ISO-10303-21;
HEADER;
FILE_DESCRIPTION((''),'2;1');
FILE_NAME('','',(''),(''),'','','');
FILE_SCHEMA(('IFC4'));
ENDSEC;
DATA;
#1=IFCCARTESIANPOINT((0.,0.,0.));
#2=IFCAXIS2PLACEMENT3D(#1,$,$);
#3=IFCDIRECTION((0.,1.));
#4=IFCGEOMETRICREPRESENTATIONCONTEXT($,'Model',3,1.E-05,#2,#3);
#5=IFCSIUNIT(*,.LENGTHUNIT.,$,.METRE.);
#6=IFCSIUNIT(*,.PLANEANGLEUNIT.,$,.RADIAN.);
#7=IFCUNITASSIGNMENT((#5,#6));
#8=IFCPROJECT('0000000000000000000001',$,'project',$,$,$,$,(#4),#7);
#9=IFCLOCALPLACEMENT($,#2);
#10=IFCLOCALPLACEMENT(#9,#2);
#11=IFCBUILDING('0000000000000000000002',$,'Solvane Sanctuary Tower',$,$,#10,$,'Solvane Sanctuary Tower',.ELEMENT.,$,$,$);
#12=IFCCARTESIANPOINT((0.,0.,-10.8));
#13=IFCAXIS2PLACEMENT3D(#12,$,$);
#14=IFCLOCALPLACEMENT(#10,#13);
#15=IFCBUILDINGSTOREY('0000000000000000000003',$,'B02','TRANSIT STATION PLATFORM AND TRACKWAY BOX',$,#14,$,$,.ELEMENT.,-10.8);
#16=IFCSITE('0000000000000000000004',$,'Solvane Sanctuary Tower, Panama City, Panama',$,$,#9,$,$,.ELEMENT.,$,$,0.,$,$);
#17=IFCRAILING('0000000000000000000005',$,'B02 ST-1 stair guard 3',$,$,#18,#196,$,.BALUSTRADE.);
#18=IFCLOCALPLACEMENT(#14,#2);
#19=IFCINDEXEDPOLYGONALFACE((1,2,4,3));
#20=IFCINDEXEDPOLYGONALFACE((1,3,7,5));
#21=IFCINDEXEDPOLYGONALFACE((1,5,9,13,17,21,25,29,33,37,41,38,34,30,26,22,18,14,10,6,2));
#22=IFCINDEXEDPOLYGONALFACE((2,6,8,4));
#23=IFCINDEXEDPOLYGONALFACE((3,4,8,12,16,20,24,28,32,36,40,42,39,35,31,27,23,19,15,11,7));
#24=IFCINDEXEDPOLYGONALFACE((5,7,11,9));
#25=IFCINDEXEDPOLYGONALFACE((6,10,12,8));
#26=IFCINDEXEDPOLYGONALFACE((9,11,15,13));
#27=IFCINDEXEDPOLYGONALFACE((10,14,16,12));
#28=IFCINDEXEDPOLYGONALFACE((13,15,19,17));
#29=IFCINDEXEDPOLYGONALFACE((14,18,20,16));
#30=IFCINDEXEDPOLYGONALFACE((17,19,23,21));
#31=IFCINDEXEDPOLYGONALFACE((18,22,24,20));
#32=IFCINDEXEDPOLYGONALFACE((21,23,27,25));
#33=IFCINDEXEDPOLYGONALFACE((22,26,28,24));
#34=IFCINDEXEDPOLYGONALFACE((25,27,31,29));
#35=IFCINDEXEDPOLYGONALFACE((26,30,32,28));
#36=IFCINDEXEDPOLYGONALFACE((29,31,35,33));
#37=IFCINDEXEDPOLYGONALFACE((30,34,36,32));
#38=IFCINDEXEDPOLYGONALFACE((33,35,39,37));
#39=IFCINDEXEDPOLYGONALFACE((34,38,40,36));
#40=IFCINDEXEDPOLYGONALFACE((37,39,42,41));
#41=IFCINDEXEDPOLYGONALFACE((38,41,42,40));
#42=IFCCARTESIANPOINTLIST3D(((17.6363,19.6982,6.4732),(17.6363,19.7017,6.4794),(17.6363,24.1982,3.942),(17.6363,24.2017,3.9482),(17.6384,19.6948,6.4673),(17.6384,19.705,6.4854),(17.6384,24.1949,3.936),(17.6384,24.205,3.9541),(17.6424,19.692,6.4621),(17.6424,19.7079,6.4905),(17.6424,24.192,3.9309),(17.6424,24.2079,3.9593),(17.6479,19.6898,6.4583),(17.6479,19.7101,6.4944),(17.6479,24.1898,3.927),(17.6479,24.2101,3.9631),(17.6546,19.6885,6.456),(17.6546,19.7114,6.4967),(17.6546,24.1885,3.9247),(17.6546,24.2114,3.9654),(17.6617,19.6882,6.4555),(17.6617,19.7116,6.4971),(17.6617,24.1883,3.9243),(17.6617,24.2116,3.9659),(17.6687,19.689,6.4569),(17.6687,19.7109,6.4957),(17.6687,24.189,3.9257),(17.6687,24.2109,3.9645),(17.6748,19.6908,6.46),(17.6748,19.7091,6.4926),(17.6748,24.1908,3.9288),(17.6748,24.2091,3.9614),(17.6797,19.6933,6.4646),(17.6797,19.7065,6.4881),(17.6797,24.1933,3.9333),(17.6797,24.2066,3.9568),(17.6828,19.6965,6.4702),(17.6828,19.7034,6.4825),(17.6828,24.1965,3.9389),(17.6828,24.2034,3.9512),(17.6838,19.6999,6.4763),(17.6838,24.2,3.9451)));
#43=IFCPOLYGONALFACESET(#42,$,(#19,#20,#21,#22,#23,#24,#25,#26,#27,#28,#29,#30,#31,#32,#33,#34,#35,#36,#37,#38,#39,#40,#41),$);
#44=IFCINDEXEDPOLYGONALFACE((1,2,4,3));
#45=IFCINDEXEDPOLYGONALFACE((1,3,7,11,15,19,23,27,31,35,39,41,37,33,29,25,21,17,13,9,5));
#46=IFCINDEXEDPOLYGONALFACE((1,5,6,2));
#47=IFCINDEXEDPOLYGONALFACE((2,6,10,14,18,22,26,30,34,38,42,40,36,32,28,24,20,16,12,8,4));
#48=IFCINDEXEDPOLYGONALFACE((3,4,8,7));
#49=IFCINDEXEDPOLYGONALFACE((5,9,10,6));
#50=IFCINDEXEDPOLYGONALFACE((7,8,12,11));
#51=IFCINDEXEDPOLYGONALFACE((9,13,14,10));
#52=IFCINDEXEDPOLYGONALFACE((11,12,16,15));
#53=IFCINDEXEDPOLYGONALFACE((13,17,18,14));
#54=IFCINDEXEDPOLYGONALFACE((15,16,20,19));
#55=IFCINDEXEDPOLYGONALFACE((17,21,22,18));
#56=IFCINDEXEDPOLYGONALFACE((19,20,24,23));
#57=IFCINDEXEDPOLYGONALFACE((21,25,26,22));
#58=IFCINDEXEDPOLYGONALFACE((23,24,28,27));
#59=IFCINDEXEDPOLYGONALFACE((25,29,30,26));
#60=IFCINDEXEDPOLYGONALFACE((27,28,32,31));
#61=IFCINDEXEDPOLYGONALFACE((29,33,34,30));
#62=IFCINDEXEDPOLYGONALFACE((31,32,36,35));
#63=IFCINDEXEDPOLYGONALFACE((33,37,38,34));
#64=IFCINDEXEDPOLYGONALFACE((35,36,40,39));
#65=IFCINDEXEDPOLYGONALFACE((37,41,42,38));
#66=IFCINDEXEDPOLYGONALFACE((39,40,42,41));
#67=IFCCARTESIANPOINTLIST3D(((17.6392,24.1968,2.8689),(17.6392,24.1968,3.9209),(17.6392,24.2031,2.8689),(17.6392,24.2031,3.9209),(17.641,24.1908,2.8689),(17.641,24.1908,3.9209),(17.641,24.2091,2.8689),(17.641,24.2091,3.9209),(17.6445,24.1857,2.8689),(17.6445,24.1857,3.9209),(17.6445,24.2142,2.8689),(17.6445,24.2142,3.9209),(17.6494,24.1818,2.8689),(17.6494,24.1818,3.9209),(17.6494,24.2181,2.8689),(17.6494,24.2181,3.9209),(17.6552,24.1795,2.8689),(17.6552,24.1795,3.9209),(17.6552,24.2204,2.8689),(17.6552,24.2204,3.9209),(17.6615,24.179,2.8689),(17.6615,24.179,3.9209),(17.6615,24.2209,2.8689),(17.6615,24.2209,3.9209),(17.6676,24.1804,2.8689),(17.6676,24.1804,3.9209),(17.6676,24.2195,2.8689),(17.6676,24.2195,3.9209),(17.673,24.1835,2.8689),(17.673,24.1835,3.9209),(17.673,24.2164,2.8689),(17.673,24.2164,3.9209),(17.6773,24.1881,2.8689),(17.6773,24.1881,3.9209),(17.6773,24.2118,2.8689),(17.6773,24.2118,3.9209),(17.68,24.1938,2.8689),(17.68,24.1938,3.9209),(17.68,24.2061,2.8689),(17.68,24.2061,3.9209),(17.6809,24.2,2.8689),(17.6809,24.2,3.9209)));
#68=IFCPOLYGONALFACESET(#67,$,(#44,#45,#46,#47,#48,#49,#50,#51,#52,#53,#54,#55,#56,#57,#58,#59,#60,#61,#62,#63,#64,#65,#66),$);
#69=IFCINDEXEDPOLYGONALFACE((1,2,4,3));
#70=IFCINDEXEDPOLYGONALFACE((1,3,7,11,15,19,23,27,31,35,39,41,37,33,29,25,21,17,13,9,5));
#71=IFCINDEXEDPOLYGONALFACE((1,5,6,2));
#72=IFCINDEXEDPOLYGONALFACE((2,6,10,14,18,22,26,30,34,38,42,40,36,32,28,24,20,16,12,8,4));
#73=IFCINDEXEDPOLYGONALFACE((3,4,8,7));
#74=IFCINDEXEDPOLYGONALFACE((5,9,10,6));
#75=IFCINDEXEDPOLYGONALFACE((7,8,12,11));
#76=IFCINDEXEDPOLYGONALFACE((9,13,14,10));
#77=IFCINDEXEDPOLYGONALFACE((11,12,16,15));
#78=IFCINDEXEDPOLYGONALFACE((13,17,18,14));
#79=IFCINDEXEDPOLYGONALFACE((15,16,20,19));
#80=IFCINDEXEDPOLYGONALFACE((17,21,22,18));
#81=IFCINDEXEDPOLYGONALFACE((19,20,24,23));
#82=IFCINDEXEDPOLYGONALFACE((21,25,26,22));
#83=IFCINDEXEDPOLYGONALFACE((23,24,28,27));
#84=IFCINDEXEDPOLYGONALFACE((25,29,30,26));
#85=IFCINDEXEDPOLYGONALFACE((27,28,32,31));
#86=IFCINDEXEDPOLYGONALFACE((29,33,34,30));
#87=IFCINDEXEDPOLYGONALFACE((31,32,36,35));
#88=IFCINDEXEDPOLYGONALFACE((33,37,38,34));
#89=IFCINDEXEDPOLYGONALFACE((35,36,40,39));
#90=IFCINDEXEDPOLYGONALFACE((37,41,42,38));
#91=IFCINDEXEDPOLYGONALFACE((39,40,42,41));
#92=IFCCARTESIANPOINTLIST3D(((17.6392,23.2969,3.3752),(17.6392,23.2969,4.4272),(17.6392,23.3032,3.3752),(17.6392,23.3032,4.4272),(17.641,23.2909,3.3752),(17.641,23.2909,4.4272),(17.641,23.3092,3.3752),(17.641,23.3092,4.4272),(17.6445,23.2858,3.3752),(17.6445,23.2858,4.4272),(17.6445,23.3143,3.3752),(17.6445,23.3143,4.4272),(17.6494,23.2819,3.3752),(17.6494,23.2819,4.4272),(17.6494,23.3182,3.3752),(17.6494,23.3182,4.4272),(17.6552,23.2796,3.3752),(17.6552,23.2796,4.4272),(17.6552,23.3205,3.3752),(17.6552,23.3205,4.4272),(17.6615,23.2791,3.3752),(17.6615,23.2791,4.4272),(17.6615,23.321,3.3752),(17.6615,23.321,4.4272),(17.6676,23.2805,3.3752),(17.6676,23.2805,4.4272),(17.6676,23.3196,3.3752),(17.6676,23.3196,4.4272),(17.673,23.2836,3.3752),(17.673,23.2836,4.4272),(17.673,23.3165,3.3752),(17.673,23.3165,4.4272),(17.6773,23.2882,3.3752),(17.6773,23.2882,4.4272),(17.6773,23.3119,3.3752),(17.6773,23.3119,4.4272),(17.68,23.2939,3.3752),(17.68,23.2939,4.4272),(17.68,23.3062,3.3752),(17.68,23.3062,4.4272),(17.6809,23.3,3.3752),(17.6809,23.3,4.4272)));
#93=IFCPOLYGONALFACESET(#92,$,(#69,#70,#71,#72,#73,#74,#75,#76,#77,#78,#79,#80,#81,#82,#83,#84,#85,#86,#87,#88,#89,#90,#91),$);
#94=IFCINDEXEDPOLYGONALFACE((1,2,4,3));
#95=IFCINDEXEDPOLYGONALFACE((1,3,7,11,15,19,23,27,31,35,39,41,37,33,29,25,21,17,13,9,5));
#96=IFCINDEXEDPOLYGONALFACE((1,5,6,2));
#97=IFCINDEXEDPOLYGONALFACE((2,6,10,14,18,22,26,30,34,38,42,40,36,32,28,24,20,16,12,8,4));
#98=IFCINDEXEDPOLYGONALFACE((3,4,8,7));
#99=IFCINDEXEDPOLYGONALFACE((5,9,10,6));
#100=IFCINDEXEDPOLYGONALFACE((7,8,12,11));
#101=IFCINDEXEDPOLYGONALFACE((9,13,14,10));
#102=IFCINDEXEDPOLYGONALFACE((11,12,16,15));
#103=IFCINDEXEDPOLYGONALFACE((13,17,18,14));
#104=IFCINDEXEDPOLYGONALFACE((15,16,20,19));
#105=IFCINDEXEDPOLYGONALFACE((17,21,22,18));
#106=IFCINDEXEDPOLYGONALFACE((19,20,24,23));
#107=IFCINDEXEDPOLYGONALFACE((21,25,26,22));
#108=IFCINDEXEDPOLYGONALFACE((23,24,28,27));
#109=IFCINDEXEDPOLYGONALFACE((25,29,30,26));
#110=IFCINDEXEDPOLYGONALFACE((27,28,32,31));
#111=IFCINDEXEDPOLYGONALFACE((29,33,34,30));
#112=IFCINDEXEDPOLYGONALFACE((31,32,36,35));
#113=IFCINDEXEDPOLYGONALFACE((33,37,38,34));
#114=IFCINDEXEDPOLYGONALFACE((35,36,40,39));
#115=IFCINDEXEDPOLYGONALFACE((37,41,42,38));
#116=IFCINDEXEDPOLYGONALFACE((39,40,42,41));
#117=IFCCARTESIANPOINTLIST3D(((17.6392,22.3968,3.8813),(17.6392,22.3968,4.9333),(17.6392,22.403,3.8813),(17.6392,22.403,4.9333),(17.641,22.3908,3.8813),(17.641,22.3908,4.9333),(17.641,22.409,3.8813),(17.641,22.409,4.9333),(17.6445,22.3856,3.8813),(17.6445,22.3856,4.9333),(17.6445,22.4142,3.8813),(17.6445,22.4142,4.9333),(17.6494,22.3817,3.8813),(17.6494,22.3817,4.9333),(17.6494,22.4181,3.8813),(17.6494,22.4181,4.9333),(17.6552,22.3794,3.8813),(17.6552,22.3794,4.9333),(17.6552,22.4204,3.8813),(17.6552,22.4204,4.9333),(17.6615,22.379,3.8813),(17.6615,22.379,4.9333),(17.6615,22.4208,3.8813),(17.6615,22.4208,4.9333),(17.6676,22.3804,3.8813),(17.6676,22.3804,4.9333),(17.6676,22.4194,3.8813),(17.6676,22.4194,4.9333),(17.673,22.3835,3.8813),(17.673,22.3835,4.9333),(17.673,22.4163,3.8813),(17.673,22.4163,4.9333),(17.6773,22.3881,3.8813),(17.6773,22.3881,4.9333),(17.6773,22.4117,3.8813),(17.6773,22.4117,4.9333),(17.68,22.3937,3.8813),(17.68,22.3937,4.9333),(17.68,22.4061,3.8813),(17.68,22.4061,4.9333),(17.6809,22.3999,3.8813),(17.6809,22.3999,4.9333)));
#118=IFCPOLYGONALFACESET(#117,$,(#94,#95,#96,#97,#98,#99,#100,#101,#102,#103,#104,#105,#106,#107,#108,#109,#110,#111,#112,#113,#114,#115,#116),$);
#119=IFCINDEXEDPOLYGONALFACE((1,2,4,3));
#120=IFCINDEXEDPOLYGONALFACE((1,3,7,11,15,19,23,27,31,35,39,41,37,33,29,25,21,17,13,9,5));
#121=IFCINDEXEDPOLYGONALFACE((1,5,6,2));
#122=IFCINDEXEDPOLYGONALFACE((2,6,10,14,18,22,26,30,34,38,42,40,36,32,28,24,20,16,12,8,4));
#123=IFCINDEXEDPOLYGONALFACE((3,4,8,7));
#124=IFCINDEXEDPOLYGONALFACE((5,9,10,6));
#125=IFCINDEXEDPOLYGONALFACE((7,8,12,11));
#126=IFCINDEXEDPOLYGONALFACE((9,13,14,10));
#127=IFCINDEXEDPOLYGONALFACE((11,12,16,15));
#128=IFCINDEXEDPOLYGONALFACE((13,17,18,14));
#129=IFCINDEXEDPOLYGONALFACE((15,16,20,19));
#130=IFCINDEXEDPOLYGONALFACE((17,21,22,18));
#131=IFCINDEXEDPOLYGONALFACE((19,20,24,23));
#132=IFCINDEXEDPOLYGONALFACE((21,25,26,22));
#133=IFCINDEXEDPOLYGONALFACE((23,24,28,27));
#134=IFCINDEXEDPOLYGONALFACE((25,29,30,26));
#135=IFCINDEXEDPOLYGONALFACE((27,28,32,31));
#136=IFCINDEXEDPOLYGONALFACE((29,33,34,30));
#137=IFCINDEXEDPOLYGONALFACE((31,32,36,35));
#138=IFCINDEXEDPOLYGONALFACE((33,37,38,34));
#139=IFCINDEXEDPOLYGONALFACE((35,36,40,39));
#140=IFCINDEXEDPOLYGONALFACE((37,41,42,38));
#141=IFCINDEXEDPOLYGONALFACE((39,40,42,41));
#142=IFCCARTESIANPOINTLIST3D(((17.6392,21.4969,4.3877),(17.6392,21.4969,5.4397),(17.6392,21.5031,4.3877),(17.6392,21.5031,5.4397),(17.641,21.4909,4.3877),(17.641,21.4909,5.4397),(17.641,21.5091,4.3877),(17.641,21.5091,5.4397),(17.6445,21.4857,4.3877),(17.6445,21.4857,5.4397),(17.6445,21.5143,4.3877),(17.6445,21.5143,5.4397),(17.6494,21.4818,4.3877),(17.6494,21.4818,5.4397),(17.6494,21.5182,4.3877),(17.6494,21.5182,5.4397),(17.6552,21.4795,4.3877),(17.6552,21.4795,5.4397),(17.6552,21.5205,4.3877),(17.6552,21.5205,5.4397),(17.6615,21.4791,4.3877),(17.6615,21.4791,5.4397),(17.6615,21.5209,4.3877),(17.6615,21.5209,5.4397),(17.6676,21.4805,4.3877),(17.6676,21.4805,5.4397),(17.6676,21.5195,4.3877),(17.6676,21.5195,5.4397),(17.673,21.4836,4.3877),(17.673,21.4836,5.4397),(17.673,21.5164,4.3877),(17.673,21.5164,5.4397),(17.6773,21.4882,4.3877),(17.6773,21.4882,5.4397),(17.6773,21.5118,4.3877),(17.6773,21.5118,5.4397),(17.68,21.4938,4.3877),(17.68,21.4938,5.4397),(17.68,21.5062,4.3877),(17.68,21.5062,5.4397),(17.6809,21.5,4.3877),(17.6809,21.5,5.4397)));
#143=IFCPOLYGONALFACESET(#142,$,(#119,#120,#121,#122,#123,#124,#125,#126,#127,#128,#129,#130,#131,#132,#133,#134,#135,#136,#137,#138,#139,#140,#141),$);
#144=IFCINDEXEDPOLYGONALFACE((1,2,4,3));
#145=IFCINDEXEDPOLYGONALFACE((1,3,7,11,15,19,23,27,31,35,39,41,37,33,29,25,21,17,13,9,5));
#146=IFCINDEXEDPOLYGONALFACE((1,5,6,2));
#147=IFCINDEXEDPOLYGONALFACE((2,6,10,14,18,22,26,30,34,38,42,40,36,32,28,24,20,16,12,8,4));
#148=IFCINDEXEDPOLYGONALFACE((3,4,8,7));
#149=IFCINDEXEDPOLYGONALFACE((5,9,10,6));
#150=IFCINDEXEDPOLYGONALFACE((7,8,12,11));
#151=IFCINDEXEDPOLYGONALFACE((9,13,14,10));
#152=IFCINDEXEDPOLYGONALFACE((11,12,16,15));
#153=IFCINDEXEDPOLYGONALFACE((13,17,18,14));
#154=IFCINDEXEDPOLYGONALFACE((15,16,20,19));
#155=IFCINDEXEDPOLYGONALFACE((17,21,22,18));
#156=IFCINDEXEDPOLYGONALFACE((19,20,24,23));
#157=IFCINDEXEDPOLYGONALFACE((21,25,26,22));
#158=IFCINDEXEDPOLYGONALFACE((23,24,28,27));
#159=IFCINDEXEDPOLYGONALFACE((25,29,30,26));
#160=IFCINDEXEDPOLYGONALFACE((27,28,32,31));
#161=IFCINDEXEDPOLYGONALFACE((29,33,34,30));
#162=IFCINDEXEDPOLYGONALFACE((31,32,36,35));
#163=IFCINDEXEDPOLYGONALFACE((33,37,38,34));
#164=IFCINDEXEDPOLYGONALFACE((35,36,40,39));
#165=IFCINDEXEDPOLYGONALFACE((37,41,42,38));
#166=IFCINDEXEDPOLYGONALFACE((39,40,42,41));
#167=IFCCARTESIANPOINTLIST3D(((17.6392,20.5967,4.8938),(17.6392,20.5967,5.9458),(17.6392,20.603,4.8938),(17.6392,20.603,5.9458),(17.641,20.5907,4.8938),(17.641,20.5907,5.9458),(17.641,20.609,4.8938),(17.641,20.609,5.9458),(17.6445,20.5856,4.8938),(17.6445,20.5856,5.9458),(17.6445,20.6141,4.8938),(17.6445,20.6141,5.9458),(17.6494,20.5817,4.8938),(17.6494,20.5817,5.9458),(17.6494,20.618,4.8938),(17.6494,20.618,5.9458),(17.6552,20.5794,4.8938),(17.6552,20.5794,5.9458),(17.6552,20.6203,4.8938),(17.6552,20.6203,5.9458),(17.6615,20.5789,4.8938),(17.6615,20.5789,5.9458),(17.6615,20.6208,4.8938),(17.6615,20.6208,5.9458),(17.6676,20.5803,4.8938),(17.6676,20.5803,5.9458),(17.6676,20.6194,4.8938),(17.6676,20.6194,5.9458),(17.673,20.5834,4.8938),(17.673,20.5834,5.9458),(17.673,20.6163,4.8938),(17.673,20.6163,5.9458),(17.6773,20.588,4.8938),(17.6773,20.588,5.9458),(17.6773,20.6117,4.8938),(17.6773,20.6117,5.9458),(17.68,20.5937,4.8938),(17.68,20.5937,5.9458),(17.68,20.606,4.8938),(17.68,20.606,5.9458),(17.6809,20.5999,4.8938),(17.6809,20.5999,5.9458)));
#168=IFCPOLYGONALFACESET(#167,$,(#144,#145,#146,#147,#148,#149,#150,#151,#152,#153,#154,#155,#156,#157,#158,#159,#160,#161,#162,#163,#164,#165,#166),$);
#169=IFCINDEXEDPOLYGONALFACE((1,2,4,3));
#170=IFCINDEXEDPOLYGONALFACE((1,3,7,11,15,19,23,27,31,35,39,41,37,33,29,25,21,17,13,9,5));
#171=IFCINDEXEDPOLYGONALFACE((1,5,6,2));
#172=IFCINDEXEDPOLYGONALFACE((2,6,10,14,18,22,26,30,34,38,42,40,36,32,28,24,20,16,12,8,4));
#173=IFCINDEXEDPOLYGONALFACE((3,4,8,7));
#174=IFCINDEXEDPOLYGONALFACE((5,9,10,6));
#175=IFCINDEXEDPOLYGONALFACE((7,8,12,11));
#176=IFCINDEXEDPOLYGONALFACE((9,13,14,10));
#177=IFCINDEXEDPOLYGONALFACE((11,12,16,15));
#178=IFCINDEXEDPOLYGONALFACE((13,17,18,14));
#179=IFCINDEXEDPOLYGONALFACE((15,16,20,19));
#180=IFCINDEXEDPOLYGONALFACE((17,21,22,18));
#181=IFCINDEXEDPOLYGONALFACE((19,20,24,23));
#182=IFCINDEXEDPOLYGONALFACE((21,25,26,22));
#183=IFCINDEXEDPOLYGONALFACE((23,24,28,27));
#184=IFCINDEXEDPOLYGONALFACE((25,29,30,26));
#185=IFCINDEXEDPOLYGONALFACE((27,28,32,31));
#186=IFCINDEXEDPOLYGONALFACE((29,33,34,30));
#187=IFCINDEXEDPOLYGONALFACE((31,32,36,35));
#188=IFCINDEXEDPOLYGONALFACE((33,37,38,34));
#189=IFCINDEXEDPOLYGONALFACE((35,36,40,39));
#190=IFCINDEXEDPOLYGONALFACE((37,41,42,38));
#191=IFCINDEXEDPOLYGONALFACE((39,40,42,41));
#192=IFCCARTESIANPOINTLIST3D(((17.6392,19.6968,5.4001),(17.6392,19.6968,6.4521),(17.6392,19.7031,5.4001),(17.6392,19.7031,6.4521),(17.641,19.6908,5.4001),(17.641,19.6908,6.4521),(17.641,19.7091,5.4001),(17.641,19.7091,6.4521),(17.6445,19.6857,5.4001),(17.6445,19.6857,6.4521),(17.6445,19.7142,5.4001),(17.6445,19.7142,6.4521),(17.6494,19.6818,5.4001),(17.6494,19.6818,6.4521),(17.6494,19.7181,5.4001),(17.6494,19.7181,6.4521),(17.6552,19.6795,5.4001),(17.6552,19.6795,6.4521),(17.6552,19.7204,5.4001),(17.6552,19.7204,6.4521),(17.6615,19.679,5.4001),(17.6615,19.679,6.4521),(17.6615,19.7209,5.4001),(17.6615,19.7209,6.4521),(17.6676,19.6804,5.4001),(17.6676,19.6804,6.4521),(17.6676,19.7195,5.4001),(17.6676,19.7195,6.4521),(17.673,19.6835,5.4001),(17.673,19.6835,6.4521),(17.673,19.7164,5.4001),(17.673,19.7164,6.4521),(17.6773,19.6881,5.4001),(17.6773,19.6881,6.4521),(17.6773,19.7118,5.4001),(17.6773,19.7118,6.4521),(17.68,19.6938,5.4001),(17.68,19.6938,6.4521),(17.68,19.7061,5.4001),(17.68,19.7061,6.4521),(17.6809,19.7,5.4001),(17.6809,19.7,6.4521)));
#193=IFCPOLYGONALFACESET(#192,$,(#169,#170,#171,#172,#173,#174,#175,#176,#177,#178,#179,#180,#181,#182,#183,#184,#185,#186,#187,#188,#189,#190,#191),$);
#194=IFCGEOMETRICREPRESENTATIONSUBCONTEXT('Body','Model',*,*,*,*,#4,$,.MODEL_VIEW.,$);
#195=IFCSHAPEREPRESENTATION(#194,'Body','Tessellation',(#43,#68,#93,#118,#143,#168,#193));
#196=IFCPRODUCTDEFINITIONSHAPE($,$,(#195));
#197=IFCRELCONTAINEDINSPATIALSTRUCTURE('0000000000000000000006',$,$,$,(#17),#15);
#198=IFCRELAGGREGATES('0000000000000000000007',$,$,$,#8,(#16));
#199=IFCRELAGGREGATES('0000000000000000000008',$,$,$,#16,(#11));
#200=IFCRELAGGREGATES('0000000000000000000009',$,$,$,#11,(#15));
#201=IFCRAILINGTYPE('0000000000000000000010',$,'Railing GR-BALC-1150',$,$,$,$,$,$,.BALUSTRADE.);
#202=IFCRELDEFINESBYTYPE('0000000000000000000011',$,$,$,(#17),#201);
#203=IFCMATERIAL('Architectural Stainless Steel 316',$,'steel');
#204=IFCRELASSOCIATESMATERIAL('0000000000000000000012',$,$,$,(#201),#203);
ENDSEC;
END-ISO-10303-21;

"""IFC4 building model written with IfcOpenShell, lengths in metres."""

from ifc_helpers import new_model, si_unit, direction, frame, origin, origin_2d, place, context, subcontext, project, spatial, circle, extrude, material, type_object, element, save


model = new_model("IFC4")

# Units and contexts
model_context = context("Model", 3, precision=1e-05, world=origin(), true_north=direction((0.0, 1.0)))
body_context = subcontext(model_context, "Body", "Model", "MODEL_VIEW")
ifc_project = project(units=[si_unit("LENGTHUNIT", "METRE"), si_unit("PLANEANGLEUNIT", "RADIAN")], contexts=[model_context])

# Site, building, storey
site_placement = place(None, origin())
site = spatial("IfcSite", under=ifc_project, at=site_placement, Name="Solvane Sanctuary Tower, Panama City, Panama", CompositionType="ELEMENT", RefElevation=0.0)
building_placement = place(site_placement, origin())
building = spatial("IfcBuilding", under=site, at=building_placement, Name="Solvane Sanctuary Tower", LongName="Solvane Sanctuary Tower", CompositionType="ELEMENT")
storey_placement = place(building_placement, frame((0.0, 0.0, -10.8)))
storey = spatial("IfcBuildingStorey", under=building, at=storey_placement, Name="B02", Description="TRANSIT STATION PLATFORM AND TRACKWAY BOX", CompositionType="ELEMENT", Elevation=-10.8)

# Shared definitions
ifc_material_1 = material(Name="Architectural Stainless Steel 316", Category="steel")

# Railing
railing_type_1 = type_object("IfcRailingType", Name="Railing GR-BALC-1150", PredefinedType="BALUSTRADE", material=ifc_material_1)
railing_1_placement = place(storey_placement, frame((17.6599, 24.2, 2.8689)))
element("IfcRailing", 1, at=railing_1_placement, inside=storey, type_object=railing_type_1, Name="B02 ST-1 stair guard 3", PredefinedType="BALUSTRADE", context=body_context, shape_type="SweptSolid", body=[
    extrude(circle(Radius=0.0239, at=origin_2d()), frame((0.0, 0.0, 1.0762), z_axis=(0.0, -0.871576, 0.490261), x_axis=(1.0, 0.0, 0.0)), (0.0, 0.0, 1.0), 5.1631),
    extrude(circle(Radius=0.021, at=origin_2d()), origin(), (0.0, 0.0, 1.0), 1.052),
    extrude(circle(Radius=0.021, at=origin_2d()), frame((0.0, -0.8999, 0.5063)), (0.0, 0.0, 1.0), 1.052),
    extrude(circle(Radius=0.021, at=origin_2d()), frame((0.0, -1.8, 1.0125)), (0.0, 0.0, 1.0), 1.052),
    extrude(circle(Radius=0.021, at=origin_2d()), frame((0.0, -2.7, 1.5188)), (0.0, 0.0, 1.0), 1.052),
    extrude(circle(Radius=0.021, at=origin_2d()), frame((0.0, -3.6001, 2.0249)), (0.0, 0.0, 1.0), 1.052),
    extrude(circle(Radius=0.021, at=origin_2d()), frame((0.0, -4.5, 2.5312)), (0.0, 0.0, 1.0), 1.052),
])

save(model, "model.ifc")
